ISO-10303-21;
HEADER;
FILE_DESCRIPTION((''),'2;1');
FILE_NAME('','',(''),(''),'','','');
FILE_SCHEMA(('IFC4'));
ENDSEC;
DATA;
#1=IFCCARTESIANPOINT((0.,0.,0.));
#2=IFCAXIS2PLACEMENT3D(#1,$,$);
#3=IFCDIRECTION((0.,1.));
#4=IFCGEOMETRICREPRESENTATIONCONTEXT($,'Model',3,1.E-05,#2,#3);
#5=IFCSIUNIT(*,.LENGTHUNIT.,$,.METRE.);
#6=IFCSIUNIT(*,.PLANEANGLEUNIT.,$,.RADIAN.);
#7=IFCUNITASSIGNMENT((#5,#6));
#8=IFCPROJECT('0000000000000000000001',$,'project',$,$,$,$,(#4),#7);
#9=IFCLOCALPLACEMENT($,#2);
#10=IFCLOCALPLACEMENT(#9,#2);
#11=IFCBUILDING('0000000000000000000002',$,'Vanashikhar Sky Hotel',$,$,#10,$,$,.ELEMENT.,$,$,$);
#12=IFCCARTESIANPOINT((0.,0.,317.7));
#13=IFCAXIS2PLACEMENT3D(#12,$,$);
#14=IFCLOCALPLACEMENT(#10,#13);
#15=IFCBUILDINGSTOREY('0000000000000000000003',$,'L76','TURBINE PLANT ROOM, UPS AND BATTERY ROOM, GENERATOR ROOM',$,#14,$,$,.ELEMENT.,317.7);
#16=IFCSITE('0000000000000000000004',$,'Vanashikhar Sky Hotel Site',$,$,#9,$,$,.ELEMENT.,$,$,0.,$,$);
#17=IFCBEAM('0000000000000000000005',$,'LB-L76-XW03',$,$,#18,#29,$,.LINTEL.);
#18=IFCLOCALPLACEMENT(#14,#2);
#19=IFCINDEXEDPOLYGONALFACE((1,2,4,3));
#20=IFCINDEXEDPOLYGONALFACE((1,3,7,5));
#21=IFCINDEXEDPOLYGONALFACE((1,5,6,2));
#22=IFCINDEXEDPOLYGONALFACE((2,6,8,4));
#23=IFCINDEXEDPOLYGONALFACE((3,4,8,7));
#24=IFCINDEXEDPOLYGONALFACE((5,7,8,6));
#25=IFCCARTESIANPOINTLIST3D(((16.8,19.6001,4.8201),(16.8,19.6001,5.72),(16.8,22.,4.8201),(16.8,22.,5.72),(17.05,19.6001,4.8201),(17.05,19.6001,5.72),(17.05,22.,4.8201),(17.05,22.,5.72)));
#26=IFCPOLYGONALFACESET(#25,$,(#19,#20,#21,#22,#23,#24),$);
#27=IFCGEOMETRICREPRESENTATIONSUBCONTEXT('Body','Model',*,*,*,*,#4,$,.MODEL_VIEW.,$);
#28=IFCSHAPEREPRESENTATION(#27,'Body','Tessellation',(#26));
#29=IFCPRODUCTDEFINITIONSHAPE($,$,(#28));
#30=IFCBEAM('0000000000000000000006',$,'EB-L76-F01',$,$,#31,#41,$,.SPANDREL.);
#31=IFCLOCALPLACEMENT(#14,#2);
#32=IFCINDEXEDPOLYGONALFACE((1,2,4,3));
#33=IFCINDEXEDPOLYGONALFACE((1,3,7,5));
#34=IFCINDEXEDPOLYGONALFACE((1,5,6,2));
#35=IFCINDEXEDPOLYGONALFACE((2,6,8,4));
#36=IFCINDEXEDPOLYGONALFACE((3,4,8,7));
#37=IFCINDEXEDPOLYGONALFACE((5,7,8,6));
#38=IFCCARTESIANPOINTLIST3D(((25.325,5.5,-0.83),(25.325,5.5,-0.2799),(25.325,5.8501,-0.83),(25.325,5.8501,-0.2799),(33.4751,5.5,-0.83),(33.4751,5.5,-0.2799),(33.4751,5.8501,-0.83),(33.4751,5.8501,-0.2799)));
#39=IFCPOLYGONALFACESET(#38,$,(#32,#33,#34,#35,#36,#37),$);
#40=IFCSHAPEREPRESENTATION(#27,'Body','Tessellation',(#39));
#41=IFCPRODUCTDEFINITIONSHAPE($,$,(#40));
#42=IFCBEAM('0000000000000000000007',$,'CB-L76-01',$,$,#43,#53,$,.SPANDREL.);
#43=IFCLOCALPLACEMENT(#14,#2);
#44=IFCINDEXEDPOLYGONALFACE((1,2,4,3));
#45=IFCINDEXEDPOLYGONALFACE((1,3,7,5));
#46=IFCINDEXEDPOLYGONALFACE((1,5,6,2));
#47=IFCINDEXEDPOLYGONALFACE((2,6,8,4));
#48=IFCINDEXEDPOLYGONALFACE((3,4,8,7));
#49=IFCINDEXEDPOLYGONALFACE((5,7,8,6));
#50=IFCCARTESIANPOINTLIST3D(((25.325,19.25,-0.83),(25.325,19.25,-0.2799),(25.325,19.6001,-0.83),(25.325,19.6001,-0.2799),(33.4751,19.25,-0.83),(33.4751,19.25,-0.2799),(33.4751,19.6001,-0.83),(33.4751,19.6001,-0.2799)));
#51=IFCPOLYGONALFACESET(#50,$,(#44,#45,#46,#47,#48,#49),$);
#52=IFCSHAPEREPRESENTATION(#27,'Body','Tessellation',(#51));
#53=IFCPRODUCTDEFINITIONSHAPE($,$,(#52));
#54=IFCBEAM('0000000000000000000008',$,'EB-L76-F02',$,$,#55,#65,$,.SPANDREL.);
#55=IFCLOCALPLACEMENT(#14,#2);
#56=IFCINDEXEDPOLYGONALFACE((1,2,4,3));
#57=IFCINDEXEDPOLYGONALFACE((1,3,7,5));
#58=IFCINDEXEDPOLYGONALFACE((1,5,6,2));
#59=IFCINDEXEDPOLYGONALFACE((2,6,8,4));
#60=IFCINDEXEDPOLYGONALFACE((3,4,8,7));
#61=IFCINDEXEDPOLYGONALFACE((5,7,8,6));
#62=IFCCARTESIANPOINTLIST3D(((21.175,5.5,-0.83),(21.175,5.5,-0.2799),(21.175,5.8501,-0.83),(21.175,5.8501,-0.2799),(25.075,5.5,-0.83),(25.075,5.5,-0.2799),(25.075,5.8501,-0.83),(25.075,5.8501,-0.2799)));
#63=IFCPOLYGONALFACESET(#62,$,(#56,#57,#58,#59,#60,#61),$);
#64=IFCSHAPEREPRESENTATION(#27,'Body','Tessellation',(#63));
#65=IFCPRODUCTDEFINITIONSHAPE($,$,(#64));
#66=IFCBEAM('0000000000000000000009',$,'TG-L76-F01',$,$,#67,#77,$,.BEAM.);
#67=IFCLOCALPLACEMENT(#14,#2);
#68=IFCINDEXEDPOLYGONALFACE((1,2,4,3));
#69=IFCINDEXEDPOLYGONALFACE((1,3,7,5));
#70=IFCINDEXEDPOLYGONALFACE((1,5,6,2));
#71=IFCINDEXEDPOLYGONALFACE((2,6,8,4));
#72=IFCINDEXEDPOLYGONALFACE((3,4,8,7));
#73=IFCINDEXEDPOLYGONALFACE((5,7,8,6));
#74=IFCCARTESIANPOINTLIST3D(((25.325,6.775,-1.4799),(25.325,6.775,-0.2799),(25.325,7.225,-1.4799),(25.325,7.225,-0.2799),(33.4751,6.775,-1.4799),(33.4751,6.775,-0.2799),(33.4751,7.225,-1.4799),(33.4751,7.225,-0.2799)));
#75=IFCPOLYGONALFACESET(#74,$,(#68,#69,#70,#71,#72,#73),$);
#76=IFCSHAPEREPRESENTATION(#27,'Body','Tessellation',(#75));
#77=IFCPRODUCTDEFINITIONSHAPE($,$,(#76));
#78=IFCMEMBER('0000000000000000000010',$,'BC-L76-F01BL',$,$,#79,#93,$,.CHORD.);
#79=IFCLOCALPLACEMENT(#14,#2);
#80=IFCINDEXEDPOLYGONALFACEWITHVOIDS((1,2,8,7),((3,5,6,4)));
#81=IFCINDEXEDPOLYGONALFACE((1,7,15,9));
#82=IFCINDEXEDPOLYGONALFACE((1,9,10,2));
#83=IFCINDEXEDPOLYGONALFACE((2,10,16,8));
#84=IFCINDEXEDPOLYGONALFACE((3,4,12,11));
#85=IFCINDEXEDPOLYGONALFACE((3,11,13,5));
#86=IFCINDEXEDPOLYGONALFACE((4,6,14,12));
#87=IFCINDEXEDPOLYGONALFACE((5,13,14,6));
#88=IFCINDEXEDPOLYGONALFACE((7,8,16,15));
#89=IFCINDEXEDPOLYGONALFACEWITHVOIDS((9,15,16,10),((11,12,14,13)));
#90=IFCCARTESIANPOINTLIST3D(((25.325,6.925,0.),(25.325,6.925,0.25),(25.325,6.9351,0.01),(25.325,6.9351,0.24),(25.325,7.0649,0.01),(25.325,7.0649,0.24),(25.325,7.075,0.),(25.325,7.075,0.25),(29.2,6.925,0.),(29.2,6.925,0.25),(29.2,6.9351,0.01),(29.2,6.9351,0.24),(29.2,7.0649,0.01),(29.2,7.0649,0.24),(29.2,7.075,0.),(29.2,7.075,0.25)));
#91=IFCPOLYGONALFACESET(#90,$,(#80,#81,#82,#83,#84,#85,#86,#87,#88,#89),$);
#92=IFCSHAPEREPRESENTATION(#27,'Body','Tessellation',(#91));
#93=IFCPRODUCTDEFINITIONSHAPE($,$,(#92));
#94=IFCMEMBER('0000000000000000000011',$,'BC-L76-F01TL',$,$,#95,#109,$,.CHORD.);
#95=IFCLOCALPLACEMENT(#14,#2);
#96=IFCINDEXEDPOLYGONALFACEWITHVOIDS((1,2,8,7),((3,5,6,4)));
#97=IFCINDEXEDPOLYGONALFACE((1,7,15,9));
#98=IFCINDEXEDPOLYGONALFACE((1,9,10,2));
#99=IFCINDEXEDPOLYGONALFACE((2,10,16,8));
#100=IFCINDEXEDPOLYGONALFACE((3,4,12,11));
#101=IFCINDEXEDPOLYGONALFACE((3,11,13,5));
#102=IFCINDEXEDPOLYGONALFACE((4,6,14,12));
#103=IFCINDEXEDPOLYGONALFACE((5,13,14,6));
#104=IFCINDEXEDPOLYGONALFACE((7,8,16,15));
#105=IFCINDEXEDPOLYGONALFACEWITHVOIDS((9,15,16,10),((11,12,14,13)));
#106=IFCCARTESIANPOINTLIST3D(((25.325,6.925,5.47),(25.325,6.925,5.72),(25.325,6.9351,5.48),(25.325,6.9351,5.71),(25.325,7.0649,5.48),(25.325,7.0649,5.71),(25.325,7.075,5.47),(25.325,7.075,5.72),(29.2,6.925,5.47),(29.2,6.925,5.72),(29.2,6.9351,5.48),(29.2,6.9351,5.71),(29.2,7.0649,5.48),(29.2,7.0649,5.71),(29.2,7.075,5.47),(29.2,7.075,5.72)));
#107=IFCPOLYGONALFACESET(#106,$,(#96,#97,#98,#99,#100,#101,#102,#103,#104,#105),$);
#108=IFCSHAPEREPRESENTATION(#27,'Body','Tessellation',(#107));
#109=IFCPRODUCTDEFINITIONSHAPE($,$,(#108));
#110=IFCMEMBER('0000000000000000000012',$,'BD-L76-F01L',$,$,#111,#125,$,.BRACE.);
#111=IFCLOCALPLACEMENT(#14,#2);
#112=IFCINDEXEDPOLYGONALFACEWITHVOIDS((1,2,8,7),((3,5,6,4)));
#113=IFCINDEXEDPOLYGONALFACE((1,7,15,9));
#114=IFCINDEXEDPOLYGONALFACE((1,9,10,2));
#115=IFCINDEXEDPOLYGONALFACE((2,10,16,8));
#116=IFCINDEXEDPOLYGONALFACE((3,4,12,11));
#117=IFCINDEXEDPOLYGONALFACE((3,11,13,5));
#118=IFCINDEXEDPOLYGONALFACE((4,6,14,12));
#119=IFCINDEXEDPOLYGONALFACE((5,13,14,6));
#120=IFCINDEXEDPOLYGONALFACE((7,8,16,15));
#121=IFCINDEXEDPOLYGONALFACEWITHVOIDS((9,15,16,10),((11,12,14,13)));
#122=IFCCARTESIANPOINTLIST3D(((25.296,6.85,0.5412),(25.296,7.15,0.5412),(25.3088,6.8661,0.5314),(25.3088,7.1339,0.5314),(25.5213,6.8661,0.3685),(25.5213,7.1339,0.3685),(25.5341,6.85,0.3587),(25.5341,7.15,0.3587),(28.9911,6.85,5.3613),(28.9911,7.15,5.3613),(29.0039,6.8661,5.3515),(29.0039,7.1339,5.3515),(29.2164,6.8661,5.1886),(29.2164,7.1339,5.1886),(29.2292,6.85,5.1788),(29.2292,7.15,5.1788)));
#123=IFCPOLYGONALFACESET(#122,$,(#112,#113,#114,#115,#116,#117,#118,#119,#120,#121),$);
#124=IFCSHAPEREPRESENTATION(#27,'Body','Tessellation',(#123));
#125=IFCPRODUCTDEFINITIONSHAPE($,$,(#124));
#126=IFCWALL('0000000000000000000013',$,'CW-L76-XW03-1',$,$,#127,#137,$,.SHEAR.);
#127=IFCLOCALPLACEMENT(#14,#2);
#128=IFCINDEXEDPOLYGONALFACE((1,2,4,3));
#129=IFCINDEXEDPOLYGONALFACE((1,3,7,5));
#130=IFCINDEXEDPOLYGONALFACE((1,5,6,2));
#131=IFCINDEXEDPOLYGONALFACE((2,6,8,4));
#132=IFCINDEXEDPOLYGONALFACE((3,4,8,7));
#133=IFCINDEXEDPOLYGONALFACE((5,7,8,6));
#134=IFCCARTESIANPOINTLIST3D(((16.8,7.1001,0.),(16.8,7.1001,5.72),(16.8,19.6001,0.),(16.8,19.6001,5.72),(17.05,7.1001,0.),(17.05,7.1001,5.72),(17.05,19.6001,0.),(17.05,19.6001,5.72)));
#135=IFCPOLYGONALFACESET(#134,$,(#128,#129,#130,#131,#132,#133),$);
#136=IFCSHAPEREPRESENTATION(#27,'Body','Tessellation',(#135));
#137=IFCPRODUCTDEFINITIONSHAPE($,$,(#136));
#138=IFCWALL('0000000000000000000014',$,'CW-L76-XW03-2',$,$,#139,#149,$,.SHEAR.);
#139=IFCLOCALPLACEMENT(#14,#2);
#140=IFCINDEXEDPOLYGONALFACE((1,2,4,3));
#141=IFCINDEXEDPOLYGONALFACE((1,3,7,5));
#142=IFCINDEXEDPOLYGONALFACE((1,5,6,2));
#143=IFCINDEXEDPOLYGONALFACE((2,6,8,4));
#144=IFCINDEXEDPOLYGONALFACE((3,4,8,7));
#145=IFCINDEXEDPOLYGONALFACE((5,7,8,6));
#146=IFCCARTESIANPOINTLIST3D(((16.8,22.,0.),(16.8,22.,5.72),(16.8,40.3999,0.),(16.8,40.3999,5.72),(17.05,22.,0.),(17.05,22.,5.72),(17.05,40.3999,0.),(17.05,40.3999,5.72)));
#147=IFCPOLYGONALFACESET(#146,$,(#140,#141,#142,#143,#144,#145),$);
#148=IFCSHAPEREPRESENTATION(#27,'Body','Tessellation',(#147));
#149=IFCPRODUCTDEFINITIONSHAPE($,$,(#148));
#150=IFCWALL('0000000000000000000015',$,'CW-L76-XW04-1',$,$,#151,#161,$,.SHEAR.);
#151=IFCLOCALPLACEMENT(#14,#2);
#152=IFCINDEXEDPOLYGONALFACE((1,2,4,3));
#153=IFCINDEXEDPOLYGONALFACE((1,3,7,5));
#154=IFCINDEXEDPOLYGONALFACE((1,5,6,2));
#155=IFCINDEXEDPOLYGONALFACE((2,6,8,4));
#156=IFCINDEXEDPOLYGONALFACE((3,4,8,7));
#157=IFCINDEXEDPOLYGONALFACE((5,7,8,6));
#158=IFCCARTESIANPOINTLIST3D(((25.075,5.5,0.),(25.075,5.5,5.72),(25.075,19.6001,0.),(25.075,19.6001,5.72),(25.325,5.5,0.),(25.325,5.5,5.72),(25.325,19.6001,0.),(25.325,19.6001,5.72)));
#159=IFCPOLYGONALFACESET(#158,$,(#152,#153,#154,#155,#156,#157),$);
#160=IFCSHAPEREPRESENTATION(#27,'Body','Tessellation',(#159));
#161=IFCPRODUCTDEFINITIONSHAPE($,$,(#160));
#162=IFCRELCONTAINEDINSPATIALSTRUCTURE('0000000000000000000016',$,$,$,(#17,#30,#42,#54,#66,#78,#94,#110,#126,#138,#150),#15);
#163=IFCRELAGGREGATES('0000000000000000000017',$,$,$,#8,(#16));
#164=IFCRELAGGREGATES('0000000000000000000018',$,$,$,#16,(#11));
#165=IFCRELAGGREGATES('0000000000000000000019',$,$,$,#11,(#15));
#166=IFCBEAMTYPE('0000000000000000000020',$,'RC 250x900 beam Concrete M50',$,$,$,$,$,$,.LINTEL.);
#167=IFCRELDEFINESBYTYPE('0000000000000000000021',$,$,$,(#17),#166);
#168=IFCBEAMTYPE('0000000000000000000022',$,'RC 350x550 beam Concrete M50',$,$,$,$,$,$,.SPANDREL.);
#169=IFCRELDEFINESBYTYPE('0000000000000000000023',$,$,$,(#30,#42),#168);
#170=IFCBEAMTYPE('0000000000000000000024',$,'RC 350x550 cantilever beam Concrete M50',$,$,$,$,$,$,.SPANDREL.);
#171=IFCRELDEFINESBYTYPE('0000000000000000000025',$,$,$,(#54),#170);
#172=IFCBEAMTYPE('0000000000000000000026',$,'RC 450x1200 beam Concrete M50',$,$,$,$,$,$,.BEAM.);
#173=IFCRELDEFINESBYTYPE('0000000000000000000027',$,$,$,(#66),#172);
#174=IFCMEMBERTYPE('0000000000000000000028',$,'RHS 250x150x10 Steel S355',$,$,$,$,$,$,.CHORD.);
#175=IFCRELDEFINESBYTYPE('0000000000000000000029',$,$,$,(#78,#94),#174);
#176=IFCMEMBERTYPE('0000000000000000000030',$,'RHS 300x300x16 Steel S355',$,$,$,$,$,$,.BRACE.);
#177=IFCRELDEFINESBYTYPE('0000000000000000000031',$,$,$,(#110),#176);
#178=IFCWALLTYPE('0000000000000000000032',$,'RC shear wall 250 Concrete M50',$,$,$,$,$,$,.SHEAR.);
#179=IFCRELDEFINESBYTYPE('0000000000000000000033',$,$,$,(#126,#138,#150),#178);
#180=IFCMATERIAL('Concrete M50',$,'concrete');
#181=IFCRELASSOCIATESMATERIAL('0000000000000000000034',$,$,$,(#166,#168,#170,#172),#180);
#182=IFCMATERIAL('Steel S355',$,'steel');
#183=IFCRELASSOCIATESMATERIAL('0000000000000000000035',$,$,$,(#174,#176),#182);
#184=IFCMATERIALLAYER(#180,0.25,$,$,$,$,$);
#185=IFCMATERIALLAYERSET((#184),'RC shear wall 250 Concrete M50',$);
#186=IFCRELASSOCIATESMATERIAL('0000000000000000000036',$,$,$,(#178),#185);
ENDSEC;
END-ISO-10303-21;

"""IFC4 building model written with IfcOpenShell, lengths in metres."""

from ifc_helpers import new_model, si_unit, direction, frame, frame_2d, origin, origin_2d, place, context, subcontext, project, spatial, rectangle, hollow_rectangle, extrude, source, transform, mapped, material, layer, layer_set, material_profile, profile_set, type_object, element, save


model = new_model("IFC4")

# Units and contexts
model_context = context("Model", 3, precision=1e-05, world=origin(), true_north=direction((0.0, 1.0)))
body_context = subcontext(model_context, "Body", "Model", "MODEL_VIEW")
ifc_project = project(units=[si_unit("LENGTHUNIT", "METRE"), si_unit("PLANEANGLEUNIT", "RADIAN")], contexts=[model_context])

# Site, building, storey
site_placement = place(None, origin())
site = spatial("IfcSite", under=ifc_project, at=site_placement, Name="Vanashikhar Sky Hotel Site", CompositionType="ELEMENT", RefElevation=0.0)
building_placement = place(site_placement, origin())
building = spatial("IfcBuilding", under=site, at=building_placement, Name="Vanashikhar Sky Hotel", CompositionType="ELEMENT")
storey_placement = place(building_placement, frame((0.0, 0.0, 317.7)))
storey = spatial("IfcBuildingStorey", under=building, at=storey_placement, Name="L76", Description="TURBINE PLANT ROOM, UPS AND BATTERY ROOM, GENERATOR ROOM", CompositionType="ELEMENT", Elevation=317.7)

# Beams
ifc_material_1 = material(Name="Concrete M50", Category="concrete")
ifc_material_profile_1 = material_profile(ifc_material_1, rectangle(XDim=0.25, YDim=0.8999, at=origin_2d()))
ifc_profile_set_1 = profile_set([ifc_material_profile_1], Name="RC 250x900 beam Concrete M50")
beam_type_1 = type_object("IfcBeamType", Name="RC 250x900 beam Concrete M50", PredefinedType="LINTEL", material=ifc_profile_set_1)
shared_shape_1 = source(origin(), body_context, "Body", "SweptSolid", [
    extrude(rectangle(XDim=0.25, YDim=0.8999, at=origin_2d()), origin(), (0.0, 0.0, 1.0), 2.3999),
])
beam_1_placement = place(storey_placement, frame((16.925, 19.6001, 5.27), z_axis=(0.0, 1.0, 0.0), x_axis=(-1.0, 0.0, 0.0)))
element("IfcBeam", 1, at=beam_1_placement, inside=storey, type_object=beam_type_1, Name="LB-L76-XW03", PredefinedType="LINTEL", context=body_context, shape_type="MappedRepresentation", body=[
    mapped(shared_shape_1, transform((0.0, 0.0, 0.0), scale=1.0)),
])
ifc_material_profile_2 = material_profile(ifc_material_1, rectangle(XDim=0.3501, YDim=0.55, at=origin_2d()))
ifc_profile_set_2 = profile_set([ifc_material_profile_2], Name="RC 350x550 beam Concrete M50")
beam_type_2 = type_object("IfcBeamType", Name="RC 350x550 beam Concrete M50", PredefinedType="SPANDREL", material=ifc_profile_set_2)
shared_shape_2 = source(origin(), body_context, "Body", "SweptSolid", [
    extrude(rectangle(XDim=0.3501, YDim=0.55, at=origin_2d()), origin(), (0.0, 0.0, 1.0), 8.1501),
])
for number, where, z_axis, x_axis, name in (
    (2, (25.325, 5.675, -0.5549), (1.0, 0.0, 0.0), (0.0, 1.0, 0.0), "EB-L76-F01"),
    (3, (25.325, 19.425, -0.5549), (1.0, 0.0, 0.0), (0.0, 1.0, 0.0), "CB-L76-01"),
):
    element("IfcBeam", number, at=place(storey_placement, frame(where, z_axis=z_axis, x_axis=x_axis)), inside=storey, type_object=beam_type_2, Name=name, PredefinedType="SPANDREL", context=body_context, shape_type="MappedRepresentation", body=[
        mapped(shared_shape_2, transform((0.0, 0.0, 0.0), scale=1.0)),
    ])
ifc_material_profile_3 = material_profile(ifc_material_1, rectangle(XDim=0.3501, YDim=0.55, at=origin_2d()))
ifc_profile_set_3 = profile_set([ifc_material_profile_3], Name="RC 350x550 cantilever beam Concrete M50")
beam_type_3 = type_object("IfcBeamType", Name="RC 350x550 cantilever beam Concrete M50", PredefinedType="SPANDREL", material=ifc_profile_set_3)
shared_shape_3 = source(origin(), body_context, "Body", "SweptSolid", [
    extrude(rectangle(XDim=0.3501, YDim=0.55, at=origin_2d()), origin(), (0.0, 0.0, 1.0), 3.8999),
])
beam_2_placement = place(storey_placement, frame((21.175, 5.675, -0.5549), z_axis=(1.0, 0.0, 0.0), x_axis=(0.0, 1.0, 0.0)))
element("IfcBeam", 4, at=beam_2_placement, inside=storey, type_object=beam_type_3, Name="EB-L76-F02", PredefinedType="SPANDREL", context=body_context, shape_type="MappedRepresentation", body=[
    mapped(shared_shape_3, transform((0.0, 0.0, 0.0), scale=1.0)),
])
ifc_material_profile_4 = material_profile(ifc_material_1, rectangle(XDim=0.45, YDim=1.2, at=origin_2d()))
ifc_profile_set_4 = profile_set([ifc_material_profile_4], Name="RC 450x1200 beam Concrete M50")
beam_type_4 = type_object("IfcBeamType", Name="RC 450x1200 beam Concrete M50", PredefinedType="BEAM", material=ifc_profile_set_4)
shared_shape_4 = source(origin(), body_context, "Body", "SweptSolid", [
    extrude(rectangle(XDim=0.45, YDim=1.2, at=origin_2d()), origin(), (0.0, 0.0, 1.0), 8.1501),
])
beam_3_placement = place(storey_placement, frame((25.325, 7.0, -0.8799), z_axis=(1.0, 0.0, 0.0), x_axis=(0.0, 1.0, 0.0)))
element("IfcBeam", 5, at=beam_3_placement, inside=storey, type_object=beam_type_4, Name="TG-L76-F01", PredefinedType="BEAM", context=body_context, shape_type="MappedRepresentation", body=[
    mapped(shared_shape_4, transform((0.0, 0.0, 0.0), scale=1.0)),
])

# Members
ifc_material_2 = material(Name="Steel S355", Category="steel")
ifc_material_profile_5 = material_profile(ifc_material_2, hollow_rectangle(XDim=0.1499, YDim=0.25, WallThickness=0.01, at=origin_2d()))
ifc_profile_set_5 = profile_set([ifc_material_profile_5], Name="RHS 250x150x10 Steel S355")
member_type_1 = type_object("IfcMemberType", Name="RHS 250x150x10 Steel S355", PredefinedType="CHORD", material=ifc_profile_set_5)
shared_shape_5 = source(origin(), body_context, "Body", "SweptSolid", [
    extrude(hollow_rectangle(XDim=0.1499, YDim=0.25, WallThickness=0.01, at=origin_2d()), origin(), (0.0, 0.0, 1.0), 3.875),
])
for number, where, z_axis, x_axis, name in (
    (6, (25.325, 7.0, 0.125), (1.0, 0.0, 0.0), (0.0, 1.0, 0.0), "BC-L76-F01BL"),
    (7, (25.325, 7.0, 5.595), (1.0, 0.0, 0.0), (0.0, 1.0, 0.0), "BC-L76-F01TL"),
):
    element("IfcMember", number, at=place(storey_placement, frame(where, z_axis=z_axis, x_axis=x_axis)), inside=storey, type_object=member_type_1, Name=name, PredefinedType="CHORD", context=body_context, shape_type="MappedRepresentation", body=[
        mapped(shared_shape_5, transform((0.0, 0.0, 0.0), scale=1.0)),
    ])
ifc_material_profile_6 = material_profile(ifc_material_2, hollow_rectangle(XDim=0.3, YDim=0.3, WallThickness=0.0161, at=origin_2d()))
ifc_profile_set_6 = profile_set([ifc_material_profile_6], Name="RHS 300x300x16 Steel S355")
member_type_2 = type_object("IfcMemberType", Name="RHS 300x300x16 Steel S355", PredefinedType="BRACE", material=ifc_profile_set_6)
shared_shape_6 = source(origin(), body_context, "Body", "SweptSolid", [
    extrude(hollow_rectangle(XDim=0.3, YDim=0.3, WallThickness=0.0161, at=origin_2d()), origin(), (0.0, 0.0, 1.0), 6.0735),
])
member_placement = place(storey_placement, frame((25.415, 7.0, 0.45), z_axis=(0.608399, 0.0, 0.793632), x_axis=(0.0, 1.0, 0.0)))
element("IfcMember", 8, at=member_placement, inside=storey, type_object=member_type_2, Name="BD-L76-F01L", PredefinedType="BRACE", context=body_context, shape_type="MappedRepresentation", body=[
    mapped(shared_shape_6, transform((0.0, 0.0, 0.0), scale=1.0)),
])

# Walls
ifc_layer_1 = layer(ifc_material_1, 0.25)
ifc_layer_set_1 = layer_set([ifc_layer_1], Name="RC shear wall 250 Concrete M50")
wall_type_1 = type_object("IfcWallType", Name="RC shear wall 250 Concrete M50", PredefinedType="SHEAR", material=ifc_layer_set_1)
shared_shape_7 = source(origin(), body_context, "Body", "SweptSolid", [
    extrude(rectangle(XDim=12.5, YDim=0.25, at=frame_2d((6.25, 0.0))), origin(), (0.0, 0.0, 1.0), 5.72),
])
wall_1_placement = place(storey_placement, frame((16.925, 7.1001, 0.0), z_axis=(0.0, 0.0, 1.0), x_axis=(0.0, 1.0, 0.0)))
element("IfcWall", 9, at=wall_1_placement, inside=storey, type_object=wall_type_1, Name="CW-L76-XW03-1", PredefinedType="SHEAR", context=body_context, shape_type="MappedRepresentation", body=[
    mapped(shared_shape_7, transform((0.0, 0.0, 0.0), scale=1.0)),
])
shared_shape_8 = source(origin(), body_context, "Body", "SweptSolid", [
    extrude(rectangle(XDim=18.3999, YDim=0.25, at=frame_2d((9.2, 0.0))), origin(), (0.0, 0.0, 1.0), 5.72),
])
wall_2_placement = place(storey_placement, frame((16.925, 22.0, 0.0), z_axis=(0.0, 0.0, 1.0), x_axis=(0.0, 1.0, 0.0)))
element("IfcWall", 10, at=wall_2_placement, inside=storey, type_object=wall_type_1, Name="CW-L76-XW03-2", PredefinedType="SHEAR", context=body_context, shape_type="MappedRepresentation", body=[
    mapped(shared_shape_8, transform((0.0, 0.0, 0.0), scale=1.0)),
])
shared_shape_9 = source(origin(), body_context, "Body", "SweptSolid", [
    extrude(rectangle(XDim=14.1001, YDim=0.25, at=frame_2d((7.05, 0.0))), origin(), (0.0, 0.0, 1.0), 5.72),
])
wall_3_placement = place(storey_placement, frame((25.2, 5.5, 0.0), z_axis=(0.0, 0.0, 1.0), x_axis=(0.0, 1.0, 0.0)))
element("IfcWall", 11, at=wall_3_placement, inside=storey, type_object=wall_type_1, Name="CW-L76-XW04-1", PredefinedType="SHEAR", context=body_context, shape_type="MappedRepresentation", body=[
    mapped(shared_shape_9, transform((0.0, 0.0, 0.0), scale=1.0)),
])

save(model, "model.ifc")
